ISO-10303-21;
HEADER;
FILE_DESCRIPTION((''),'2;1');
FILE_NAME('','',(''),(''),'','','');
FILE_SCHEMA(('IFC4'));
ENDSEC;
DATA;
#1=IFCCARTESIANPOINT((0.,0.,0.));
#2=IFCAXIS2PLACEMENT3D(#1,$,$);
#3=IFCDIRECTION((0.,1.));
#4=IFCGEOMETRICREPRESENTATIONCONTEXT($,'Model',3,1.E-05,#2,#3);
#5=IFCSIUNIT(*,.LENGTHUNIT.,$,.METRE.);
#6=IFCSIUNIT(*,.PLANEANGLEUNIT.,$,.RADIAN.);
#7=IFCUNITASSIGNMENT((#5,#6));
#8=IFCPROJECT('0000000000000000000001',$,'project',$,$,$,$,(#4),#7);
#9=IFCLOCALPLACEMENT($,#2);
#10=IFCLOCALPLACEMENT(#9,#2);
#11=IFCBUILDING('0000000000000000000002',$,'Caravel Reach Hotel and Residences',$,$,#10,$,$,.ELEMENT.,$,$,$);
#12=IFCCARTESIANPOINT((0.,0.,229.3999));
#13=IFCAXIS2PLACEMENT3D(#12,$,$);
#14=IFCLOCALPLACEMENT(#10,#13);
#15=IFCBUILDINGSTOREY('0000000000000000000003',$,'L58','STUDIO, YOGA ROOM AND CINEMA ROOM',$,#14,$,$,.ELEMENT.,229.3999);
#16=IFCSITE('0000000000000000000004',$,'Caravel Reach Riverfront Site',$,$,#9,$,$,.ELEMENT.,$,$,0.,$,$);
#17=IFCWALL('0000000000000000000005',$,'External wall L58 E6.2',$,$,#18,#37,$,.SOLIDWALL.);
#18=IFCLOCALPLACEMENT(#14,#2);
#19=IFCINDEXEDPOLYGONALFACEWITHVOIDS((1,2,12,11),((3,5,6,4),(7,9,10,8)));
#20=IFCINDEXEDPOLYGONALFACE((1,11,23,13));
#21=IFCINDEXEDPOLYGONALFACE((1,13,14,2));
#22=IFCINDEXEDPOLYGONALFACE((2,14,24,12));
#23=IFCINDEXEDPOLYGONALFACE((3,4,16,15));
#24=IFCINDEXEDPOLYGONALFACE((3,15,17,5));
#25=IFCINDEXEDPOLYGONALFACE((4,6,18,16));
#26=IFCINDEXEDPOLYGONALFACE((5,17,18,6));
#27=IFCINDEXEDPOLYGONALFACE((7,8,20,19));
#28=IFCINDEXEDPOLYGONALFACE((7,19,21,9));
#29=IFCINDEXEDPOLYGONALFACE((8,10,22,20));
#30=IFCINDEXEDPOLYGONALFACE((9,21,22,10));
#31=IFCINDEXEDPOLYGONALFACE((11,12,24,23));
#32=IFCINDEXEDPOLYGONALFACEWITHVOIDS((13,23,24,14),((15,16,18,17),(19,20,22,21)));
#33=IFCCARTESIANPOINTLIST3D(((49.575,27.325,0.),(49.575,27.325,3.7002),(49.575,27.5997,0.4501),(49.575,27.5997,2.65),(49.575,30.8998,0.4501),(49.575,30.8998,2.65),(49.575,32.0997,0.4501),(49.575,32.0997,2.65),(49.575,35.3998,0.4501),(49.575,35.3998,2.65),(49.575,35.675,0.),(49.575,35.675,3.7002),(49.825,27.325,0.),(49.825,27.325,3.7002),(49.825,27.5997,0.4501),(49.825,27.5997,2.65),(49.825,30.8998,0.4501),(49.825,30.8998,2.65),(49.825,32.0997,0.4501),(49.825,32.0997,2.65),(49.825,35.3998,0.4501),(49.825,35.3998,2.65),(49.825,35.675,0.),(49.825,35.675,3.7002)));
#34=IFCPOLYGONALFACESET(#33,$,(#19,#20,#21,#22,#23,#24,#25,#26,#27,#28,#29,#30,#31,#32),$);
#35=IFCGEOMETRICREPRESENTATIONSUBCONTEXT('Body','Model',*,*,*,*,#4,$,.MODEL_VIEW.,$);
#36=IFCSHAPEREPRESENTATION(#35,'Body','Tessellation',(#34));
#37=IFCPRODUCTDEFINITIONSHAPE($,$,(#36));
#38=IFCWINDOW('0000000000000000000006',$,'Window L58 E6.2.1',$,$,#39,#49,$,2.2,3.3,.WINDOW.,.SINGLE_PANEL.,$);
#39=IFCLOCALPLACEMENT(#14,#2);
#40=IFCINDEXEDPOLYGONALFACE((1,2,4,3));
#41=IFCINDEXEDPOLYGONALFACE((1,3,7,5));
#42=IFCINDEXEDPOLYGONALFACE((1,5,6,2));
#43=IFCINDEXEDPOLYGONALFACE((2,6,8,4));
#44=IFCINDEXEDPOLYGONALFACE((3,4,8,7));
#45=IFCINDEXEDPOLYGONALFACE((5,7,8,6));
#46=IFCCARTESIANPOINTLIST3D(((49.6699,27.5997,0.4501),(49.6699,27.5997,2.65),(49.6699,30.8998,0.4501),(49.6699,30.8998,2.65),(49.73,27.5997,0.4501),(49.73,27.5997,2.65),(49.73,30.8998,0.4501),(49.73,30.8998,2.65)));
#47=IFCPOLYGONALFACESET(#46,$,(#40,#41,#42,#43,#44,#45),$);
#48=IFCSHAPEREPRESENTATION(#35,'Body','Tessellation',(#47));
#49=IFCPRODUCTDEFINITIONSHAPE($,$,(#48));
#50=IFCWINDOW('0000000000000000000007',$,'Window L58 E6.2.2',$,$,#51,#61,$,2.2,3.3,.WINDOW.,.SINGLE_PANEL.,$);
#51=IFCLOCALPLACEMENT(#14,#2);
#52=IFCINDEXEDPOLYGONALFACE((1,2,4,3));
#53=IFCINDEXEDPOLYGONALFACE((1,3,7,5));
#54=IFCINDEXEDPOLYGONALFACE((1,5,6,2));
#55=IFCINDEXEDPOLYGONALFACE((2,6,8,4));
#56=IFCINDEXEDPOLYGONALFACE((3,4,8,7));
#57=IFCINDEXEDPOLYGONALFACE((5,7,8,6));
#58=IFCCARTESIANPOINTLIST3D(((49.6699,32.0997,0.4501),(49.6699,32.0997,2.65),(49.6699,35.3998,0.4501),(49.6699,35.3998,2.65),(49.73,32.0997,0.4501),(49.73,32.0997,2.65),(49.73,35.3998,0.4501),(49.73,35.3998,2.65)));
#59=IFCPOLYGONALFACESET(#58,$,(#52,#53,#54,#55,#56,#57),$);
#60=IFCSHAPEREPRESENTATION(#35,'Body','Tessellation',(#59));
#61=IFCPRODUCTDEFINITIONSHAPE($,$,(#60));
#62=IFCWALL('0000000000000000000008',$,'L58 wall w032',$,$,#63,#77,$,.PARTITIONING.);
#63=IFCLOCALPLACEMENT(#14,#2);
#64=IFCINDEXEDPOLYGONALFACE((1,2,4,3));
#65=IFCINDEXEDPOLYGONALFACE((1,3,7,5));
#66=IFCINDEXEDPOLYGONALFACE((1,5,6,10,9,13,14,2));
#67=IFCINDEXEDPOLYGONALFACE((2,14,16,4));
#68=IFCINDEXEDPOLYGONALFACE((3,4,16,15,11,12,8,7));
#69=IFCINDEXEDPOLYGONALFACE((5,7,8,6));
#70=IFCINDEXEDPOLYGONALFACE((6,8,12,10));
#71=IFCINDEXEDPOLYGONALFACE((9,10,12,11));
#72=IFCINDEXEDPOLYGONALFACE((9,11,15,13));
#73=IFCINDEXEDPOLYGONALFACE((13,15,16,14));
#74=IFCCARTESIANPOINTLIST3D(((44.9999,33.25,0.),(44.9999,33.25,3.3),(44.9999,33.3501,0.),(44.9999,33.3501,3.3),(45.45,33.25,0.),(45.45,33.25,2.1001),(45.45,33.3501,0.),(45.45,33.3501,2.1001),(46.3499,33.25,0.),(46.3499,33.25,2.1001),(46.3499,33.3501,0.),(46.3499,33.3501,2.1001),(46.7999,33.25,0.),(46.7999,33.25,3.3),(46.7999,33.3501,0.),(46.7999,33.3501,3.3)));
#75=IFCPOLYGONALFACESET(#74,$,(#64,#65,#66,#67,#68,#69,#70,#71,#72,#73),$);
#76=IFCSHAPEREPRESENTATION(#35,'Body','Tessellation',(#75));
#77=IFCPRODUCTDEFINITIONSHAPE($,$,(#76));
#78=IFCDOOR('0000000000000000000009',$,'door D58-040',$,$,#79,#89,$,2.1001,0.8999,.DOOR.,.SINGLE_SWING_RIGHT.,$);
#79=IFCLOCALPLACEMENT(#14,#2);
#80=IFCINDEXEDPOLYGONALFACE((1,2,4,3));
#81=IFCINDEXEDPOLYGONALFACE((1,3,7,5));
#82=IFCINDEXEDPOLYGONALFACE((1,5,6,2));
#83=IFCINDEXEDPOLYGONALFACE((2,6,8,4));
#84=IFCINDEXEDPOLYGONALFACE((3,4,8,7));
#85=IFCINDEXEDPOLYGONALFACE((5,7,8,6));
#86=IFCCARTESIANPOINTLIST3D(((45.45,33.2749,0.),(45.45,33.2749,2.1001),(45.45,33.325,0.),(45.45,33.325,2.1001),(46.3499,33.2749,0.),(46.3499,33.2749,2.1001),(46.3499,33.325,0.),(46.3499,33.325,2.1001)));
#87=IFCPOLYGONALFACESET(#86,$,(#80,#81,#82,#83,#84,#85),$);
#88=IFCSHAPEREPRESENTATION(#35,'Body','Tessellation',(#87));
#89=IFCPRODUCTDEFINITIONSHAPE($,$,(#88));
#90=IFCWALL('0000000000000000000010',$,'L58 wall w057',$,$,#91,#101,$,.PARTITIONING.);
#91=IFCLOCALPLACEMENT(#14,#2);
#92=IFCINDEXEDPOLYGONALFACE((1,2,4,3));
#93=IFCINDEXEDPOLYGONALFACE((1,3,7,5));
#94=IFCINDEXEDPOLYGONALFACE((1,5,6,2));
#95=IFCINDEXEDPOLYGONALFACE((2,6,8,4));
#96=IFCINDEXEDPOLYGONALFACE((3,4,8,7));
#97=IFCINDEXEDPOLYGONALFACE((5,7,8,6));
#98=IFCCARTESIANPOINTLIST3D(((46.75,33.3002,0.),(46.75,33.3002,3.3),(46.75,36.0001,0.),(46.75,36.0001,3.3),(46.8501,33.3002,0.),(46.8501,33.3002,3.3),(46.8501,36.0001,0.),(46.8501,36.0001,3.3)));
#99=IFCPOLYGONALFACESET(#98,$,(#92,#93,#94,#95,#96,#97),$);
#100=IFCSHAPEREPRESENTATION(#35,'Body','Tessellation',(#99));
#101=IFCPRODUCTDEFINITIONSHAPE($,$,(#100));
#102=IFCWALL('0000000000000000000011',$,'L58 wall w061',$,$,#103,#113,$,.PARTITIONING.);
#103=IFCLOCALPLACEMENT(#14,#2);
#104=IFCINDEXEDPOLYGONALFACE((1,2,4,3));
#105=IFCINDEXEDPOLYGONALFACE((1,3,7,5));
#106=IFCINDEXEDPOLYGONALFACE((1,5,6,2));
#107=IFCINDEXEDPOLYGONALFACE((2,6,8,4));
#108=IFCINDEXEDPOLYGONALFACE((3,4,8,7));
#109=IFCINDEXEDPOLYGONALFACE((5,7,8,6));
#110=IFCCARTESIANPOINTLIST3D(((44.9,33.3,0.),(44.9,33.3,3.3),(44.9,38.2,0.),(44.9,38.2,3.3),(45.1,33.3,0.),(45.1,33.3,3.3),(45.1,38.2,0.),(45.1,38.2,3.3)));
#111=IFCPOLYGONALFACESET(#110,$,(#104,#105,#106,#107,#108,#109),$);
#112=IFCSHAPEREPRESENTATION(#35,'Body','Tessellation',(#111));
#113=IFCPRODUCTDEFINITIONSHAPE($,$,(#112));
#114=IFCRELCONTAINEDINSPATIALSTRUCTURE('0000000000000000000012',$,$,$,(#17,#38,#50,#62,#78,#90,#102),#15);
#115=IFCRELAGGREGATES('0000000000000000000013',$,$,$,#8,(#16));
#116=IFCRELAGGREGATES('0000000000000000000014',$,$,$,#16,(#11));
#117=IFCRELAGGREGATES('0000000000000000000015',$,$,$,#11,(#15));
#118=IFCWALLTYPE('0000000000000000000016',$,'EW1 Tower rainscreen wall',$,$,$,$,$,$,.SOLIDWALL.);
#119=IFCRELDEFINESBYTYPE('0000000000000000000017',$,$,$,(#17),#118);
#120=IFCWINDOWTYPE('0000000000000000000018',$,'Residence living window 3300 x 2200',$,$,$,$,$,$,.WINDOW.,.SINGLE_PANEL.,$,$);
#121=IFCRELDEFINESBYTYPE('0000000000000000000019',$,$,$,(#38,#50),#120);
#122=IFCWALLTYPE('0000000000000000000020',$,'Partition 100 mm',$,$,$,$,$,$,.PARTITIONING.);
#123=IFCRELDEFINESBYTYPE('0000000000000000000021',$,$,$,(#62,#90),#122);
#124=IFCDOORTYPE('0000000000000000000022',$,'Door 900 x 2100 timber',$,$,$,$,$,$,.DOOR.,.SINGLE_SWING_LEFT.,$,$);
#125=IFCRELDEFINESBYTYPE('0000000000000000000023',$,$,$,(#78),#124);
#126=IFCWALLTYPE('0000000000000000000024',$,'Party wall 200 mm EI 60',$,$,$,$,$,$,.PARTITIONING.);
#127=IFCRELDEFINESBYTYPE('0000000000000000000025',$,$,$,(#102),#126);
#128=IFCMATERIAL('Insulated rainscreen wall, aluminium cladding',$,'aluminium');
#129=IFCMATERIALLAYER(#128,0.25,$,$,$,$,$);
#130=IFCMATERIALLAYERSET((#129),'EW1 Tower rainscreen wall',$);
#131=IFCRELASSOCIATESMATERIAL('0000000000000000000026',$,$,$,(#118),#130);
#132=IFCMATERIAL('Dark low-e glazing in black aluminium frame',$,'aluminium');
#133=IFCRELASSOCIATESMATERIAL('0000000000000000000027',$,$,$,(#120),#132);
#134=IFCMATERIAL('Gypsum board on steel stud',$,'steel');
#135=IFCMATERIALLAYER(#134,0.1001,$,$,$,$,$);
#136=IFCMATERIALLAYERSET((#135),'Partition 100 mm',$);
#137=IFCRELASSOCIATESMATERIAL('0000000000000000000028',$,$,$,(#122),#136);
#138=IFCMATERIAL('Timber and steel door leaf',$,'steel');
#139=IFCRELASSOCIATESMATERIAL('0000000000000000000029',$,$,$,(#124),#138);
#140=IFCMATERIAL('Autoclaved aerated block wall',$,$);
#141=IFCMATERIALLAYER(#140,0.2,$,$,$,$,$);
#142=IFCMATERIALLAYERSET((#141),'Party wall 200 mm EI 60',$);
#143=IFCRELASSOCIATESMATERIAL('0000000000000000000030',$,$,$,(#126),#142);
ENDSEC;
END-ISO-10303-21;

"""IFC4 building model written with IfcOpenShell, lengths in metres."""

from ifc_helpers import new_model, si_unit, direction, frame, frame_2d, origin, place, context, subcontext, project, spatial, rectangle, extrude, material, layer, layer_set, type_object, element, fill, save


model = new_model("IFC4")

# Units and contexts
model_context = context("Model", 3, precision=1e-05, world=origin(), true_north=direction((0.0, 1.0)))
body_context = subcontext(model_context, "Body", "Model", "MODEL_VIEW")
ifc_project = project(units=[si_unit("LENGTHUNIT", "METRE"), si_unit("PLANEANGLEUNIT", "RADIAN")], contexts=[model_context])

# Site, building, storey
site_placement = place(None, origin())
site = spatial("IfcSite", under=ifc_project, at=site_placement, Name="Caravel Reach Riverfront Site", CompositionType="ELEMENT", RefElevation=0.0)
building_placement = place(site_placement, origin())
building = spatial("IfcBuilding", under=site, at=building_placement, Name="Caravel Reach Hotel and Residences", CompositionType="ELEMENT")
storey_placement = place(building_placement, frame((0.0, 0.0, 229.3999)))
storey = spatial("IfcBuildingStorey", under=building, at=storey_placement, Name="L58", Description="STUDIO, YOGA ROOM AND CINEMA ROOM", CompositionType="ELEMENT", Elevation=229.3999)

# Wall, openings, windows
ifc_material_1 = material(Name="Insulated rainscreen wall, aluminium cladding", Category="aluminium")
ifc_layer_1 = layer(ifc_material_1, 0.25)
ifc_layer_set_1 = layer_set([ifc_layer_1], Name="EW1 Tower rainscreen wall")
wall_type_1 = type_object("IfcWallType", Name="EW1 Tower rainscreen wall", PredefinedType="SOLIDWALL", material=ifc_layer_set_1)
wall_1_placement = place(storey_placement, frame((49.7, 27.325, 0.0), z_axis=(0.0, 0.0, 1.0), x_axis=(0.0, 1.0, 0.0)))
wall_1 = element("IfcWall", 1, at=wall_1_placement, inside=storey, type_object=wall_type_1, Name="External wall L58 E6.2", PredefinedType="SOLIDWALL", context=body_context, shape_type="SweptSolid", body=[
    extrude(rectangle(XDim=8.3501, YDim=0.25, at=frame_2d((4.175, 0.0))), origin(), (0.0, 0.0, 1.0), 3.7002),
])
opening_1_placement = place(wall_1_placement, frame((0.2749, 0.0, 0.45)))
opening_1 = element("IfcOpeningElement", 2, at=opening_1_placement, cuts=wall_1, PredefinedType="OPENING", context=body_context, shape_type="SweptSolid", body=[
    extrude(rectangle(XDim=3.3, YDim=2.2, at=frame_2d((1.6499, 1.1001))), frame((0.0, 0.135, 0.0), z_axis=(0.0, -1.0, 0.0), x_axis=(1.0, 0.0, 0.0)), (0.0, 0.0, 1.0), 0.27),
])
opening_2_placement = place(wall_1_placement, frame((4.7749, 0.0, 0.45)))
opening_2 = element("IfcOpeningElement", 3, at=opening_2_placement, cuts=wall_1, PredefinedType="OPENING", context=body_context, shape_type="SweptSolid", body=[
    extrude(rectangle(XDim=3.3, YDim=2.2, at=frame_2d((1.6499, 1.1001))), frame((0.0, 0.135, 0.0), z_axis=(0.0, -1.0, 0.0), x_axis=(1.0, 0.0, 0.0)), (0.0, 0.0, 1.0), 0.27),
])
ifc_material_2 = material(Name="Dark low-e glazing in black aluminium frame", Category="aluminium")
window_type = type_object("IfcWindowType", Name="Residence living window 3300 x 2200", PartitioningType="SINGLE_PANEL", PredefinedType="WINDOW", material=ifc_material_2)
window_1_placement = place(opening_1_placement, origin())
window_1 = element("IfcWindow", 4, at=window_1_placement, inside=storey, type_object=window_type, Name="Window L58 E6.2.1", OverallHeight=2.2, OverallWidth=3.3, PartitioningType="SINGLE_PANEL", PredefinedType="WINDOW", context=body_context, shape_type="SweptSolid", body=[
    extrude(rectangle(XDim=3.3, YDim=2.2, at=frame_2d((1.6499, 1.1001))), frame((0.0, 0.03, 0.0), z_axis=(0.0, -1.0, 0.0), x_axis=(1.0, 0.0, 0.0)), (0.0, 0.0, 1.0), 0.0601),
])
fill(opening_1, window_1)
window_2_placement = place(opening_2_placement, origin())
window_2 = element("IfcWindow", 5, at=window_2_placement, inside=storey, type_object=window_type, Name="Window L58 E6.2.2", OverallHeight=2.2, OverallWidth=3.3, PartitioningType="SINGLE_PANEL", PredefinedType="WINDOW", context=body_context, shape_type="SweptSolid", body=[
    extrude(rectangle(XDim=3.3, YDim=2.2, at=frame_2d((1.6499, 1.1001))), frame((0.0, 0.03, 0.0), z_axis=(0.0, -1.0, 0.0), x_axis=(1.0, 0.0, 0.0)), (0.0, 0.0, 1.0), 0.0601),
])
fill(opening_2, window_2)

# Wall, opening, door
ifc_material_3 = material(Name="Gypsum board on steel stud", Category="steel")
ifc_layer_2 = layer(ifc_material_3, 0.1001)
ifc_layer_set_2 = layer_set([ifc_layer_2], Name="Partition 100 mm")
wall_type_2 = type_object("IfcWallType", Name="Partition 100 mm", PredefinedType="PARTITIONING", material=ifc_layer_set_2)
wall_2_placement = place(storey_placement, frame((45.0, 33.3, 0.0), z_axis=(0.0, 0.0, 1.0), x_axis=(1.0, 0.0, 0.0)))
wall_2 = element("IfcWall", 6, at=wall_2_placement, inside=storey, type_object=wall_type_2, Name="L58 wall w032", PredefinedType="PARTITIONING", context=body_context, shape_type="SweptSolid", body=[
    extrude(rectangle(XDim=1.8, YDim=0.1001, at=frame_2d((0.8999, 0.0))), origin(), (0.0, 0.0, 1.0), 3.3),
])
opening_3_placement = place(wall_2_placement, frame((0.45, 0.0, 0.0)))
opening_3 = element("IfcOpeningElement", 7, at=opening_3_placement, cuts=wall_2, PredefinedType="OPENING", context=body_context, shape_type="SweptSolid", body=[
    extrude(rectangle(XDim=0.8999, YDim=2.1001, at=frame_2d((0.45, 1.05))), frame((0.0, 0.0601, 0.0), z_axis=(0.0, -1.0, 0.0), x_axis=(1.0, 0.0, 0.0)), (0.0, 0.0, 1.0), 0.1201),
])
ifc_material_4 = material(Name="Timber and steel door leaf", Category="steel")
door_type_1 = type_object("IfcDoorType", Name="Door 900 x 2100 timber", OperationType="SINGLE_SWING_LEFT", PredefinedType="DOOR", material=ifc_material_4)
door_1_placement = place(opening_3_placement, origin())
door_1 = element("IfcDoor", 8, at=door_1_placement, inside=storey, type_object=door_type_1, Name="door D58-040", OperationType="SINGLE_SWING_RIGHT", OverallHeight=2.1001, OverallWidth=0.8999, PredefinedType="DOOR", context=body_context, shape_type="SweptSolid", body=[
    extrude(rectangle(XDim=0.8999, YDim=2.1001, at=frame_2d((0.45, 1.05))), frame((0.0, 0.0249, 0.0), z_axis=(0.0, -1.0, 0.0), x_axis=(1.0, 0.0, 0.0)), (0.0, 0.0, 1.0), 0.05),
])
fill(opening_3, door_1)

# Walls
wall_3_placement = place(storey_placement, frame((46.8, 33.3, 0.0), z_axis=(0.0, 0.0, 1.0), x_axis=(0.0, 1.0, 0.0)))
element("IfcWall", 9, at=wall_3_placement, inside=storey, type_object=wall_type_2, Name="L58 wall w057", PredefinedType="PARTITIONING", context=body_context, shape_type="SweptSolid", body=[
    extrude(rectangle(XDim=2.7, YDim=0.1001, at=frame_2d((1.3501, 0.0))), origin(), (0.0, 0.0, 1.0), 3.3),
])
ifc_material_5 = material(Name="Autoclaved aerated block wall")
ifc_layer_3 = layer(ifc_material_5, 0.2)
ifc_layer_set_3 = layer_set([ifc_layer_3], Name="Party wall 200 mm EI 60")
wall_type_3 = type_object("IfcWallType", Name="Party wall 200 mm EI 60", PredefinedType="PARTITIONING", material=ifc_layer_set_3)
wall_4_placement = place(storey_placement, frame((45.0, 33.3, 0.0), z_axis=(0.0, 0.0, 1.0), x_axis=(0.0, 1.0, 0.0)))
element("IfcWall", 10, at=wall_4_placement, inside=storey, type_object=wall_type_3, Name="L58 wall w061", PredefinedType="PARTITIONING", context=body_context, shape_type="SweptSolid", body=[
    extrude(rectangle(XDim=4.8999, YDim=0.2, at=frame_2d((2.45, 0.0))), origin(), (0.0, 0.0, 1.0), 3.3),
])

save(model, "model.ifc")
